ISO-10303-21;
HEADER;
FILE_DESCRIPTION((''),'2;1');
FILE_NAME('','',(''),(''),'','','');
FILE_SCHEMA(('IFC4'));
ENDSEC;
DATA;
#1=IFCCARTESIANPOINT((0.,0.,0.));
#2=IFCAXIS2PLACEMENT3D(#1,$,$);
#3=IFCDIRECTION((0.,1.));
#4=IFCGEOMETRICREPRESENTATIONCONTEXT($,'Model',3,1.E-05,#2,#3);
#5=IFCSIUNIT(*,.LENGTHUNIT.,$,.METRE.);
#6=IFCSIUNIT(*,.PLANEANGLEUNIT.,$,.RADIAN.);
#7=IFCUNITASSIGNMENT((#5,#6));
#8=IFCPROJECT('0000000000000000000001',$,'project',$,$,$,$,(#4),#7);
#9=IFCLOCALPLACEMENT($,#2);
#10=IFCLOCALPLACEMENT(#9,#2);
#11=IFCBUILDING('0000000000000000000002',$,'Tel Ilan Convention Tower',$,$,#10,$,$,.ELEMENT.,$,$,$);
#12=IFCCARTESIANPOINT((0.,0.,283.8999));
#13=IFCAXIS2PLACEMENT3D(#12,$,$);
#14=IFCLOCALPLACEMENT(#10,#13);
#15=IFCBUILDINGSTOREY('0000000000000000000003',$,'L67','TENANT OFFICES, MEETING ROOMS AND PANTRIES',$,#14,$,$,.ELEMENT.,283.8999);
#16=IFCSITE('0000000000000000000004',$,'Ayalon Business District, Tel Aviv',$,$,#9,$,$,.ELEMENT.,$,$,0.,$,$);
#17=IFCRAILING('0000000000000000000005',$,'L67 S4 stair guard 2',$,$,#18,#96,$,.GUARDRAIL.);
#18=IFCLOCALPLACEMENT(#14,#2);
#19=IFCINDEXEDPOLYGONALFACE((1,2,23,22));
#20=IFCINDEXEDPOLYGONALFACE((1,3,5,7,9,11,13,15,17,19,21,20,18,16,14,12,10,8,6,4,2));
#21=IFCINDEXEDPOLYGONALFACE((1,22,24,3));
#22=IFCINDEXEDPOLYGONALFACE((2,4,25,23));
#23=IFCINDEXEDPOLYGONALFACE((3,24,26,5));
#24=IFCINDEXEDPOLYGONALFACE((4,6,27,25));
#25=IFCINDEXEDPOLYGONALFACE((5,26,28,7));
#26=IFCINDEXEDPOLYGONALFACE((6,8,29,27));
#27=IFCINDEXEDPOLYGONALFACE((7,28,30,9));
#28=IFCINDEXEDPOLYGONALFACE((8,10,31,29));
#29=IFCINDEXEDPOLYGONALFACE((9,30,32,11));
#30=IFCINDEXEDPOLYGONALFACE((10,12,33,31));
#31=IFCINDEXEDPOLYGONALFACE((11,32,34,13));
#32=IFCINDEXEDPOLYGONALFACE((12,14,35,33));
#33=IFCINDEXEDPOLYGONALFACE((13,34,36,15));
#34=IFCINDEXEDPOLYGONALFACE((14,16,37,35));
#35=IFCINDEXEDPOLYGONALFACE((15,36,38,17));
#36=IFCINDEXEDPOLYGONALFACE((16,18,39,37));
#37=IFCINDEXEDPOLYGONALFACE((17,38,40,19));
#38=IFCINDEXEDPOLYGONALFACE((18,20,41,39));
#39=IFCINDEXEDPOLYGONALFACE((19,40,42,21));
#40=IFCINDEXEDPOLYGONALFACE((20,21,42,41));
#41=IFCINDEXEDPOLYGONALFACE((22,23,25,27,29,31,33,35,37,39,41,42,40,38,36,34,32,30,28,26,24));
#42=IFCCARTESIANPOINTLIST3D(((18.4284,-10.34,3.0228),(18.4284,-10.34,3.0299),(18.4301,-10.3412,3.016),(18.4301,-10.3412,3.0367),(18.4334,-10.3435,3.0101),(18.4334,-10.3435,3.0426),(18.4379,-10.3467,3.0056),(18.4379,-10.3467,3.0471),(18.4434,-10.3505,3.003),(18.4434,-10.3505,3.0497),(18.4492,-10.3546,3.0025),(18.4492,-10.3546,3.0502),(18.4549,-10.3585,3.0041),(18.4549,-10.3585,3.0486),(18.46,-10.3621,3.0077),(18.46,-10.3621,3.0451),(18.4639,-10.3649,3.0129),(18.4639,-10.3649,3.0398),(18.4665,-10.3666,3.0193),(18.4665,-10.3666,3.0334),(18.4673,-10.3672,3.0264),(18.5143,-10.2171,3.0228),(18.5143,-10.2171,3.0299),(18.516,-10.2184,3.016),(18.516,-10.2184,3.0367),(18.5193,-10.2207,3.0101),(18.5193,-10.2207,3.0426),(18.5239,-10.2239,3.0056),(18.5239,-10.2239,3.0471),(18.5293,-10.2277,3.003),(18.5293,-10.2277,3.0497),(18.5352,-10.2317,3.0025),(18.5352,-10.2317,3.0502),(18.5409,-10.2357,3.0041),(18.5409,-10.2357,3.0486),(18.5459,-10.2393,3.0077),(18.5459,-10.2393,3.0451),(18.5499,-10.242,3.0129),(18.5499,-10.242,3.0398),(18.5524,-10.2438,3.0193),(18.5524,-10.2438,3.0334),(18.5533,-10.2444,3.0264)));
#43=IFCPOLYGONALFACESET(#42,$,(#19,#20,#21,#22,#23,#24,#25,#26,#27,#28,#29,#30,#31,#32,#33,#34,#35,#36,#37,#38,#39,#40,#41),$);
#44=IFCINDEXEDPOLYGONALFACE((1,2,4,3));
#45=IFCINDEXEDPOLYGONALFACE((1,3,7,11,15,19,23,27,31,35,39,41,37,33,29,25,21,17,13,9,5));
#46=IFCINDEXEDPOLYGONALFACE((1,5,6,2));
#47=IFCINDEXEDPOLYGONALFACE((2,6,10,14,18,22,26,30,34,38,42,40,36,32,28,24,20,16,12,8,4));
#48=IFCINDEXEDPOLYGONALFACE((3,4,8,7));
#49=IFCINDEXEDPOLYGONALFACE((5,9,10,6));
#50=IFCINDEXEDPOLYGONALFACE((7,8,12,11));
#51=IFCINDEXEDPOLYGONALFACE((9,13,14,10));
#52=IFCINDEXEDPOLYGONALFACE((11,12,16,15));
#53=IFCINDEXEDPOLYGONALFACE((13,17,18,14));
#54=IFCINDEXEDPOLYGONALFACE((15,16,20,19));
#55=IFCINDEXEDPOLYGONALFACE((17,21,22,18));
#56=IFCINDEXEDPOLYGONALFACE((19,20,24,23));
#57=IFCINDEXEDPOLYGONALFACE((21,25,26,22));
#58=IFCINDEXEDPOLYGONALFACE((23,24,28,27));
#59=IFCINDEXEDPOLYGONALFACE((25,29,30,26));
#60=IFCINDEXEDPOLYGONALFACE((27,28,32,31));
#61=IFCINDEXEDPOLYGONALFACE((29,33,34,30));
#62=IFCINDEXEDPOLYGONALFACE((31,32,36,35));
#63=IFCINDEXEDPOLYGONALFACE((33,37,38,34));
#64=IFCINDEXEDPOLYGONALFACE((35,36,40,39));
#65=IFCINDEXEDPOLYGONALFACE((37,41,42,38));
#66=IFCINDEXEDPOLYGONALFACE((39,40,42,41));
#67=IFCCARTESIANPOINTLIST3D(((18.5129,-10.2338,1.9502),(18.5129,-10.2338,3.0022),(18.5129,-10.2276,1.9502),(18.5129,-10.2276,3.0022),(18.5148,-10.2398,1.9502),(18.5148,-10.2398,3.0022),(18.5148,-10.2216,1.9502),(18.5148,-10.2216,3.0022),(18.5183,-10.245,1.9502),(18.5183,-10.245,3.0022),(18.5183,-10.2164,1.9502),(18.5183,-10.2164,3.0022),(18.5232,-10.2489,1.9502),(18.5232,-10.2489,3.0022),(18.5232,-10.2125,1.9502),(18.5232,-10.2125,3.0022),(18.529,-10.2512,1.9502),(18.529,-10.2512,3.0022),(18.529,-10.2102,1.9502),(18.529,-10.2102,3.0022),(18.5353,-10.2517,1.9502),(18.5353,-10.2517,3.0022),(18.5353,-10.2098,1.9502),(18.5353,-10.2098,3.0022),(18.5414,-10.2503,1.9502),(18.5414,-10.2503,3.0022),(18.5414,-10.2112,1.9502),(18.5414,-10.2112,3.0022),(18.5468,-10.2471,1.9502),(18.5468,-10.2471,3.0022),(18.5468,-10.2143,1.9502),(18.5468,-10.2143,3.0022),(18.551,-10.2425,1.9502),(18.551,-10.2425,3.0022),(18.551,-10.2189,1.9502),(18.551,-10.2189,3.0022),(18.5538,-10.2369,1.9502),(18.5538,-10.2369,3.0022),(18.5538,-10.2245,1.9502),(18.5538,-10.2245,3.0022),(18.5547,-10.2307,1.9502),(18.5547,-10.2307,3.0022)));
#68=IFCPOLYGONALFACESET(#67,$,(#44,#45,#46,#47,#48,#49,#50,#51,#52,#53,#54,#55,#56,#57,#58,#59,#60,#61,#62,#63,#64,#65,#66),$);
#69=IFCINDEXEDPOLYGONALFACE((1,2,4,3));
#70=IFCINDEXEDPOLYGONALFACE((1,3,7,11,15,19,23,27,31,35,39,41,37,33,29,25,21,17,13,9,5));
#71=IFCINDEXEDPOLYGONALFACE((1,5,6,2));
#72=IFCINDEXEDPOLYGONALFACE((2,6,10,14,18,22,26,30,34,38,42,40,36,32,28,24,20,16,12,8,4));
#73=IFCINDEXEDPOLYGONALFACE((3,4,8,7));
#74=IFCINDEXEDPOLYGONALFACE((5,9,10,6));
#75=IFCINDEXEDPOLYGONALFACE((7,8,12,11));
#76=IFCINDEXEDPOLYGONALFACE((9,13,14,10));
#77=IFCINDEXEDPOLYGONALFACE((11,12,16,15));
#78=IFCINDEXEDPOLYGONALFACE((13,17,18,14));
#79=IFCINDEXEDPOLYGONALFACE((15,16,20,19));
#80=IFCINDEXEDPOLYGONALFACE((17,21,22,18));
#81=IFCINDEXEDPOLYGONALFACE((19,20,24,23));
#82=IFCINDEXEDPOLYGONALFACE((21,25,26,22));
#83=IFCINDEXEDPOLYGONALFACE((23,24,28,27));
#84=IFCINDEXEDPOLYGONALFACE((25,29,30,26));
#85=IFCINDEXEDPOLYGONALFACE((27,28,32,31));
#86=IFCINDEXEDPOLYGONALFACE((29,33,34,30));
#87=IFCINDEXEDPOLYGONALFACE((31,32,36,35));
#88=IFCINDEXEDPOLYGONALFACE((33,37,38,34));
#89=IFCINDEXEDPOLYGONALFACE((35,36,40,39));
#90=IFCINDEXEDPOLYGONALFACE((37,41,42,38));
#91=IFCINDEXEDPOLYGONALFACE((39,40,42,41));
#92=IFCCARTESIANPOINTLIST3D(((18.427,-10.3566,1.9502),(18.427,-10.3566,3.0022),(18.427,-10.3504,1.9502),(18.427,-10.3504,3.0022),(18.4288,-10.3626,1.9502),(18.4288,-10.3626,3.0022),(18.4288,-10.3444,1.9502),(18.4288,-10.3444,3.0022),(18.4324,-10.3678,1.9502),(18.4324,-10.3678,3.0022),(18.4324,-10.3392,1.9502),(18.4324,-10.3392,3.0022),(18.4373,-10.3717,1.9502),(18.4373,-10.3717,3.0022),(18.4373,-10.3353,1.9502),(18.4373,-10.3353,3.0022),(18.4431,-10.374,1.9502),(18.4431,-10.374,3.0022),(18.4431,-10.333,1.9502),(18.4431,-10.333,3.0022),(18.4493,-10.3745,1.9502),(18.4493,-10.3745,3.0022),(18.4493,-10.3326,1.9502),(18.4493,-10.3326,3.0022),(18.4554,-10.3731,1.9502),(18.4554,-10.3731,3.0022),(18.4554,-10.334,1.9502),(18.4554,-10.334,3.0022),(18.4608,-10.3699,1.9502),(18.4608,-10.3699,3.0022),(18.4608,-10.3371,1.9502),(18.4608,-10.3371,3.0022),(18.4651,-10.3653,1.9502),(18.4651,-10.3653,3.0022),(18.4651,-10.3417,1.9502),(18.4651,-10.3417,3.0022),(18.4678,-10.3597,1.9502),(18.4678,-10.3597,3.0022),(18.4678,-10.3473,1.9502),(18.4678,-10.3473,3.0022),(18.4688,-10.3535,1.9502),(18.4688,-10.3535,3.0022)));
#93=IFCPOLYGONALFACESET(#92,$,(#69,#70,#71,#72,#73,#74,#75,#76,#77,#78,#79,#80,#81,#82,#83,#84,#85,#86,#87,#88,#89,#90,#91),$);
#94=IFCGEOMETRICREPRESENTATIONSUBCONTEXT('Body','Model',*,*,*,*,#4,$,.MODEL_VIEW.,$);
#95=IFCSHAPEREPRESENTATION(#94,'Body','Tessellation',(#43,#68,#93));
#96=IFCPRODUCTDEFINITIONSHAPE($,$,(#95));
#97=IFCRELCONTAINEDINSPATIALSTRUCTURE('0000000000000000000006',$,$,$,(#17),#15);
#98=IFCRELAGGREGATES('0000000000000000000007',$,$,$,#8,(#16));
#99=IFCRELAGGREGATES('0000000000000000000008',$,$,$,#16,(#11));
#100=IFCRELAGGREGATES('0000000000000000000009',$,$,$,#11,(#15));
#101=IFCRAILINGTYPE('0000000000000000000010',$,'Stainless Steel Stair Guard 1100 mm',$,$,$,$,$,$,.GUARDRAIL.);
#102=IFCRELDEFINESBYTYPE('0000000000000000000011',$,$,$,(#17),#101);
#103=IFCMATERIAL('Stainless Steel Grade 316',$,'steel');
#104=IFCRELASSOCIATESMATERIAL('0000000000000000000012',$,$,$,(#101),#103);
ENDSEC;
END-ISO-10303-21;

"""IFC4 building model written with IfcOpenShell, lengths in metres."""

from ifc_helpers import new_model, si_unit, direction, frame, origin, origin_2d, place, context, subcontext, project, spatial, circle, extrude, material, type_object, element, save


model = new_model("IFC4")

# Units and contexts
model_context = context("Model", 3, precision=1e-05, world=origin(), true_north=direction((0.0, 1.0)))
body_context = subcontext(model_context, "Body", "Model", "MODEL_VIEW")
ifc_project = project(units=[si_unit("LENGTHUNIT", "METRE"), si_unit("PLANEANGLEUNIT", "RADIAN")], contexts=[model_context])

# Site, building, storey
site_placement = place(None, origin())
site = spatial("IfcSite", under=ifc_project, at=site_placement, Name="Ayalon Business District, Tel Aviv", CompositionType="ELEMENT", RefElevation=0.0)
building_placement = place(site_placement, origin())
building = spatial("IfcBuilding", under=site, at=building_placement, Name="Tel Ilan Convention Tower", CompositionType="ELEMENT")
storey_placement = place(building_placement, frame((0.0, 0.0, 283.8999)))
storey = spatial("IfcBuildingStorey", under=building, at=storey_placement, Name="L67", Description="TENANT OFFICES, MEETING ROOMS AND PANTRIES", CompositionType="ELEMENT", Elevation=283.8999)

# Railing
ifc_material_1 = material(Name="Stainless Steel Grade 316", Category="steel")
railing_type_1 = type_object("IfcRailingType", Name="Stainless Steel Stair Guard 1100 mm", PredefinedType="GUARDRAIL", material=ifc_material_1)
railing_1_placement = place(storey_placement, frame((18.5337, -10.2307, 1.9502)))
element("IfcRailing", 1, at=railing_1_placement, inside=storey, type_object=railing_type_1, Name="L67 S4 stair guard 2", PredefinedType="GUARDRAIL", context=body_context, shape_type="SweptSolid", body=[
    extrude(circle(Radius=0.0239, at=origin_2d()), frame((0.0, 0.0, 1.0762), z_axis=(-0.573353, -0.819308, 0.0), x_axis=(0.819308, -0.573353, 0.0)), (0.0, 0.0, 1.0), 0.1499),
    extrude(circle(Radius=0.021, at=origin_2d()), origin(), (0.0, 0.0, 1.0), 1.052),
    extrude(circle(Radius=0.021, at=origin_2d()), frame((-0.0859, -0.1228, 0.0)), (0.0, 0.0, 1.0), 1.052),
])

save(model, "model.ifc")
